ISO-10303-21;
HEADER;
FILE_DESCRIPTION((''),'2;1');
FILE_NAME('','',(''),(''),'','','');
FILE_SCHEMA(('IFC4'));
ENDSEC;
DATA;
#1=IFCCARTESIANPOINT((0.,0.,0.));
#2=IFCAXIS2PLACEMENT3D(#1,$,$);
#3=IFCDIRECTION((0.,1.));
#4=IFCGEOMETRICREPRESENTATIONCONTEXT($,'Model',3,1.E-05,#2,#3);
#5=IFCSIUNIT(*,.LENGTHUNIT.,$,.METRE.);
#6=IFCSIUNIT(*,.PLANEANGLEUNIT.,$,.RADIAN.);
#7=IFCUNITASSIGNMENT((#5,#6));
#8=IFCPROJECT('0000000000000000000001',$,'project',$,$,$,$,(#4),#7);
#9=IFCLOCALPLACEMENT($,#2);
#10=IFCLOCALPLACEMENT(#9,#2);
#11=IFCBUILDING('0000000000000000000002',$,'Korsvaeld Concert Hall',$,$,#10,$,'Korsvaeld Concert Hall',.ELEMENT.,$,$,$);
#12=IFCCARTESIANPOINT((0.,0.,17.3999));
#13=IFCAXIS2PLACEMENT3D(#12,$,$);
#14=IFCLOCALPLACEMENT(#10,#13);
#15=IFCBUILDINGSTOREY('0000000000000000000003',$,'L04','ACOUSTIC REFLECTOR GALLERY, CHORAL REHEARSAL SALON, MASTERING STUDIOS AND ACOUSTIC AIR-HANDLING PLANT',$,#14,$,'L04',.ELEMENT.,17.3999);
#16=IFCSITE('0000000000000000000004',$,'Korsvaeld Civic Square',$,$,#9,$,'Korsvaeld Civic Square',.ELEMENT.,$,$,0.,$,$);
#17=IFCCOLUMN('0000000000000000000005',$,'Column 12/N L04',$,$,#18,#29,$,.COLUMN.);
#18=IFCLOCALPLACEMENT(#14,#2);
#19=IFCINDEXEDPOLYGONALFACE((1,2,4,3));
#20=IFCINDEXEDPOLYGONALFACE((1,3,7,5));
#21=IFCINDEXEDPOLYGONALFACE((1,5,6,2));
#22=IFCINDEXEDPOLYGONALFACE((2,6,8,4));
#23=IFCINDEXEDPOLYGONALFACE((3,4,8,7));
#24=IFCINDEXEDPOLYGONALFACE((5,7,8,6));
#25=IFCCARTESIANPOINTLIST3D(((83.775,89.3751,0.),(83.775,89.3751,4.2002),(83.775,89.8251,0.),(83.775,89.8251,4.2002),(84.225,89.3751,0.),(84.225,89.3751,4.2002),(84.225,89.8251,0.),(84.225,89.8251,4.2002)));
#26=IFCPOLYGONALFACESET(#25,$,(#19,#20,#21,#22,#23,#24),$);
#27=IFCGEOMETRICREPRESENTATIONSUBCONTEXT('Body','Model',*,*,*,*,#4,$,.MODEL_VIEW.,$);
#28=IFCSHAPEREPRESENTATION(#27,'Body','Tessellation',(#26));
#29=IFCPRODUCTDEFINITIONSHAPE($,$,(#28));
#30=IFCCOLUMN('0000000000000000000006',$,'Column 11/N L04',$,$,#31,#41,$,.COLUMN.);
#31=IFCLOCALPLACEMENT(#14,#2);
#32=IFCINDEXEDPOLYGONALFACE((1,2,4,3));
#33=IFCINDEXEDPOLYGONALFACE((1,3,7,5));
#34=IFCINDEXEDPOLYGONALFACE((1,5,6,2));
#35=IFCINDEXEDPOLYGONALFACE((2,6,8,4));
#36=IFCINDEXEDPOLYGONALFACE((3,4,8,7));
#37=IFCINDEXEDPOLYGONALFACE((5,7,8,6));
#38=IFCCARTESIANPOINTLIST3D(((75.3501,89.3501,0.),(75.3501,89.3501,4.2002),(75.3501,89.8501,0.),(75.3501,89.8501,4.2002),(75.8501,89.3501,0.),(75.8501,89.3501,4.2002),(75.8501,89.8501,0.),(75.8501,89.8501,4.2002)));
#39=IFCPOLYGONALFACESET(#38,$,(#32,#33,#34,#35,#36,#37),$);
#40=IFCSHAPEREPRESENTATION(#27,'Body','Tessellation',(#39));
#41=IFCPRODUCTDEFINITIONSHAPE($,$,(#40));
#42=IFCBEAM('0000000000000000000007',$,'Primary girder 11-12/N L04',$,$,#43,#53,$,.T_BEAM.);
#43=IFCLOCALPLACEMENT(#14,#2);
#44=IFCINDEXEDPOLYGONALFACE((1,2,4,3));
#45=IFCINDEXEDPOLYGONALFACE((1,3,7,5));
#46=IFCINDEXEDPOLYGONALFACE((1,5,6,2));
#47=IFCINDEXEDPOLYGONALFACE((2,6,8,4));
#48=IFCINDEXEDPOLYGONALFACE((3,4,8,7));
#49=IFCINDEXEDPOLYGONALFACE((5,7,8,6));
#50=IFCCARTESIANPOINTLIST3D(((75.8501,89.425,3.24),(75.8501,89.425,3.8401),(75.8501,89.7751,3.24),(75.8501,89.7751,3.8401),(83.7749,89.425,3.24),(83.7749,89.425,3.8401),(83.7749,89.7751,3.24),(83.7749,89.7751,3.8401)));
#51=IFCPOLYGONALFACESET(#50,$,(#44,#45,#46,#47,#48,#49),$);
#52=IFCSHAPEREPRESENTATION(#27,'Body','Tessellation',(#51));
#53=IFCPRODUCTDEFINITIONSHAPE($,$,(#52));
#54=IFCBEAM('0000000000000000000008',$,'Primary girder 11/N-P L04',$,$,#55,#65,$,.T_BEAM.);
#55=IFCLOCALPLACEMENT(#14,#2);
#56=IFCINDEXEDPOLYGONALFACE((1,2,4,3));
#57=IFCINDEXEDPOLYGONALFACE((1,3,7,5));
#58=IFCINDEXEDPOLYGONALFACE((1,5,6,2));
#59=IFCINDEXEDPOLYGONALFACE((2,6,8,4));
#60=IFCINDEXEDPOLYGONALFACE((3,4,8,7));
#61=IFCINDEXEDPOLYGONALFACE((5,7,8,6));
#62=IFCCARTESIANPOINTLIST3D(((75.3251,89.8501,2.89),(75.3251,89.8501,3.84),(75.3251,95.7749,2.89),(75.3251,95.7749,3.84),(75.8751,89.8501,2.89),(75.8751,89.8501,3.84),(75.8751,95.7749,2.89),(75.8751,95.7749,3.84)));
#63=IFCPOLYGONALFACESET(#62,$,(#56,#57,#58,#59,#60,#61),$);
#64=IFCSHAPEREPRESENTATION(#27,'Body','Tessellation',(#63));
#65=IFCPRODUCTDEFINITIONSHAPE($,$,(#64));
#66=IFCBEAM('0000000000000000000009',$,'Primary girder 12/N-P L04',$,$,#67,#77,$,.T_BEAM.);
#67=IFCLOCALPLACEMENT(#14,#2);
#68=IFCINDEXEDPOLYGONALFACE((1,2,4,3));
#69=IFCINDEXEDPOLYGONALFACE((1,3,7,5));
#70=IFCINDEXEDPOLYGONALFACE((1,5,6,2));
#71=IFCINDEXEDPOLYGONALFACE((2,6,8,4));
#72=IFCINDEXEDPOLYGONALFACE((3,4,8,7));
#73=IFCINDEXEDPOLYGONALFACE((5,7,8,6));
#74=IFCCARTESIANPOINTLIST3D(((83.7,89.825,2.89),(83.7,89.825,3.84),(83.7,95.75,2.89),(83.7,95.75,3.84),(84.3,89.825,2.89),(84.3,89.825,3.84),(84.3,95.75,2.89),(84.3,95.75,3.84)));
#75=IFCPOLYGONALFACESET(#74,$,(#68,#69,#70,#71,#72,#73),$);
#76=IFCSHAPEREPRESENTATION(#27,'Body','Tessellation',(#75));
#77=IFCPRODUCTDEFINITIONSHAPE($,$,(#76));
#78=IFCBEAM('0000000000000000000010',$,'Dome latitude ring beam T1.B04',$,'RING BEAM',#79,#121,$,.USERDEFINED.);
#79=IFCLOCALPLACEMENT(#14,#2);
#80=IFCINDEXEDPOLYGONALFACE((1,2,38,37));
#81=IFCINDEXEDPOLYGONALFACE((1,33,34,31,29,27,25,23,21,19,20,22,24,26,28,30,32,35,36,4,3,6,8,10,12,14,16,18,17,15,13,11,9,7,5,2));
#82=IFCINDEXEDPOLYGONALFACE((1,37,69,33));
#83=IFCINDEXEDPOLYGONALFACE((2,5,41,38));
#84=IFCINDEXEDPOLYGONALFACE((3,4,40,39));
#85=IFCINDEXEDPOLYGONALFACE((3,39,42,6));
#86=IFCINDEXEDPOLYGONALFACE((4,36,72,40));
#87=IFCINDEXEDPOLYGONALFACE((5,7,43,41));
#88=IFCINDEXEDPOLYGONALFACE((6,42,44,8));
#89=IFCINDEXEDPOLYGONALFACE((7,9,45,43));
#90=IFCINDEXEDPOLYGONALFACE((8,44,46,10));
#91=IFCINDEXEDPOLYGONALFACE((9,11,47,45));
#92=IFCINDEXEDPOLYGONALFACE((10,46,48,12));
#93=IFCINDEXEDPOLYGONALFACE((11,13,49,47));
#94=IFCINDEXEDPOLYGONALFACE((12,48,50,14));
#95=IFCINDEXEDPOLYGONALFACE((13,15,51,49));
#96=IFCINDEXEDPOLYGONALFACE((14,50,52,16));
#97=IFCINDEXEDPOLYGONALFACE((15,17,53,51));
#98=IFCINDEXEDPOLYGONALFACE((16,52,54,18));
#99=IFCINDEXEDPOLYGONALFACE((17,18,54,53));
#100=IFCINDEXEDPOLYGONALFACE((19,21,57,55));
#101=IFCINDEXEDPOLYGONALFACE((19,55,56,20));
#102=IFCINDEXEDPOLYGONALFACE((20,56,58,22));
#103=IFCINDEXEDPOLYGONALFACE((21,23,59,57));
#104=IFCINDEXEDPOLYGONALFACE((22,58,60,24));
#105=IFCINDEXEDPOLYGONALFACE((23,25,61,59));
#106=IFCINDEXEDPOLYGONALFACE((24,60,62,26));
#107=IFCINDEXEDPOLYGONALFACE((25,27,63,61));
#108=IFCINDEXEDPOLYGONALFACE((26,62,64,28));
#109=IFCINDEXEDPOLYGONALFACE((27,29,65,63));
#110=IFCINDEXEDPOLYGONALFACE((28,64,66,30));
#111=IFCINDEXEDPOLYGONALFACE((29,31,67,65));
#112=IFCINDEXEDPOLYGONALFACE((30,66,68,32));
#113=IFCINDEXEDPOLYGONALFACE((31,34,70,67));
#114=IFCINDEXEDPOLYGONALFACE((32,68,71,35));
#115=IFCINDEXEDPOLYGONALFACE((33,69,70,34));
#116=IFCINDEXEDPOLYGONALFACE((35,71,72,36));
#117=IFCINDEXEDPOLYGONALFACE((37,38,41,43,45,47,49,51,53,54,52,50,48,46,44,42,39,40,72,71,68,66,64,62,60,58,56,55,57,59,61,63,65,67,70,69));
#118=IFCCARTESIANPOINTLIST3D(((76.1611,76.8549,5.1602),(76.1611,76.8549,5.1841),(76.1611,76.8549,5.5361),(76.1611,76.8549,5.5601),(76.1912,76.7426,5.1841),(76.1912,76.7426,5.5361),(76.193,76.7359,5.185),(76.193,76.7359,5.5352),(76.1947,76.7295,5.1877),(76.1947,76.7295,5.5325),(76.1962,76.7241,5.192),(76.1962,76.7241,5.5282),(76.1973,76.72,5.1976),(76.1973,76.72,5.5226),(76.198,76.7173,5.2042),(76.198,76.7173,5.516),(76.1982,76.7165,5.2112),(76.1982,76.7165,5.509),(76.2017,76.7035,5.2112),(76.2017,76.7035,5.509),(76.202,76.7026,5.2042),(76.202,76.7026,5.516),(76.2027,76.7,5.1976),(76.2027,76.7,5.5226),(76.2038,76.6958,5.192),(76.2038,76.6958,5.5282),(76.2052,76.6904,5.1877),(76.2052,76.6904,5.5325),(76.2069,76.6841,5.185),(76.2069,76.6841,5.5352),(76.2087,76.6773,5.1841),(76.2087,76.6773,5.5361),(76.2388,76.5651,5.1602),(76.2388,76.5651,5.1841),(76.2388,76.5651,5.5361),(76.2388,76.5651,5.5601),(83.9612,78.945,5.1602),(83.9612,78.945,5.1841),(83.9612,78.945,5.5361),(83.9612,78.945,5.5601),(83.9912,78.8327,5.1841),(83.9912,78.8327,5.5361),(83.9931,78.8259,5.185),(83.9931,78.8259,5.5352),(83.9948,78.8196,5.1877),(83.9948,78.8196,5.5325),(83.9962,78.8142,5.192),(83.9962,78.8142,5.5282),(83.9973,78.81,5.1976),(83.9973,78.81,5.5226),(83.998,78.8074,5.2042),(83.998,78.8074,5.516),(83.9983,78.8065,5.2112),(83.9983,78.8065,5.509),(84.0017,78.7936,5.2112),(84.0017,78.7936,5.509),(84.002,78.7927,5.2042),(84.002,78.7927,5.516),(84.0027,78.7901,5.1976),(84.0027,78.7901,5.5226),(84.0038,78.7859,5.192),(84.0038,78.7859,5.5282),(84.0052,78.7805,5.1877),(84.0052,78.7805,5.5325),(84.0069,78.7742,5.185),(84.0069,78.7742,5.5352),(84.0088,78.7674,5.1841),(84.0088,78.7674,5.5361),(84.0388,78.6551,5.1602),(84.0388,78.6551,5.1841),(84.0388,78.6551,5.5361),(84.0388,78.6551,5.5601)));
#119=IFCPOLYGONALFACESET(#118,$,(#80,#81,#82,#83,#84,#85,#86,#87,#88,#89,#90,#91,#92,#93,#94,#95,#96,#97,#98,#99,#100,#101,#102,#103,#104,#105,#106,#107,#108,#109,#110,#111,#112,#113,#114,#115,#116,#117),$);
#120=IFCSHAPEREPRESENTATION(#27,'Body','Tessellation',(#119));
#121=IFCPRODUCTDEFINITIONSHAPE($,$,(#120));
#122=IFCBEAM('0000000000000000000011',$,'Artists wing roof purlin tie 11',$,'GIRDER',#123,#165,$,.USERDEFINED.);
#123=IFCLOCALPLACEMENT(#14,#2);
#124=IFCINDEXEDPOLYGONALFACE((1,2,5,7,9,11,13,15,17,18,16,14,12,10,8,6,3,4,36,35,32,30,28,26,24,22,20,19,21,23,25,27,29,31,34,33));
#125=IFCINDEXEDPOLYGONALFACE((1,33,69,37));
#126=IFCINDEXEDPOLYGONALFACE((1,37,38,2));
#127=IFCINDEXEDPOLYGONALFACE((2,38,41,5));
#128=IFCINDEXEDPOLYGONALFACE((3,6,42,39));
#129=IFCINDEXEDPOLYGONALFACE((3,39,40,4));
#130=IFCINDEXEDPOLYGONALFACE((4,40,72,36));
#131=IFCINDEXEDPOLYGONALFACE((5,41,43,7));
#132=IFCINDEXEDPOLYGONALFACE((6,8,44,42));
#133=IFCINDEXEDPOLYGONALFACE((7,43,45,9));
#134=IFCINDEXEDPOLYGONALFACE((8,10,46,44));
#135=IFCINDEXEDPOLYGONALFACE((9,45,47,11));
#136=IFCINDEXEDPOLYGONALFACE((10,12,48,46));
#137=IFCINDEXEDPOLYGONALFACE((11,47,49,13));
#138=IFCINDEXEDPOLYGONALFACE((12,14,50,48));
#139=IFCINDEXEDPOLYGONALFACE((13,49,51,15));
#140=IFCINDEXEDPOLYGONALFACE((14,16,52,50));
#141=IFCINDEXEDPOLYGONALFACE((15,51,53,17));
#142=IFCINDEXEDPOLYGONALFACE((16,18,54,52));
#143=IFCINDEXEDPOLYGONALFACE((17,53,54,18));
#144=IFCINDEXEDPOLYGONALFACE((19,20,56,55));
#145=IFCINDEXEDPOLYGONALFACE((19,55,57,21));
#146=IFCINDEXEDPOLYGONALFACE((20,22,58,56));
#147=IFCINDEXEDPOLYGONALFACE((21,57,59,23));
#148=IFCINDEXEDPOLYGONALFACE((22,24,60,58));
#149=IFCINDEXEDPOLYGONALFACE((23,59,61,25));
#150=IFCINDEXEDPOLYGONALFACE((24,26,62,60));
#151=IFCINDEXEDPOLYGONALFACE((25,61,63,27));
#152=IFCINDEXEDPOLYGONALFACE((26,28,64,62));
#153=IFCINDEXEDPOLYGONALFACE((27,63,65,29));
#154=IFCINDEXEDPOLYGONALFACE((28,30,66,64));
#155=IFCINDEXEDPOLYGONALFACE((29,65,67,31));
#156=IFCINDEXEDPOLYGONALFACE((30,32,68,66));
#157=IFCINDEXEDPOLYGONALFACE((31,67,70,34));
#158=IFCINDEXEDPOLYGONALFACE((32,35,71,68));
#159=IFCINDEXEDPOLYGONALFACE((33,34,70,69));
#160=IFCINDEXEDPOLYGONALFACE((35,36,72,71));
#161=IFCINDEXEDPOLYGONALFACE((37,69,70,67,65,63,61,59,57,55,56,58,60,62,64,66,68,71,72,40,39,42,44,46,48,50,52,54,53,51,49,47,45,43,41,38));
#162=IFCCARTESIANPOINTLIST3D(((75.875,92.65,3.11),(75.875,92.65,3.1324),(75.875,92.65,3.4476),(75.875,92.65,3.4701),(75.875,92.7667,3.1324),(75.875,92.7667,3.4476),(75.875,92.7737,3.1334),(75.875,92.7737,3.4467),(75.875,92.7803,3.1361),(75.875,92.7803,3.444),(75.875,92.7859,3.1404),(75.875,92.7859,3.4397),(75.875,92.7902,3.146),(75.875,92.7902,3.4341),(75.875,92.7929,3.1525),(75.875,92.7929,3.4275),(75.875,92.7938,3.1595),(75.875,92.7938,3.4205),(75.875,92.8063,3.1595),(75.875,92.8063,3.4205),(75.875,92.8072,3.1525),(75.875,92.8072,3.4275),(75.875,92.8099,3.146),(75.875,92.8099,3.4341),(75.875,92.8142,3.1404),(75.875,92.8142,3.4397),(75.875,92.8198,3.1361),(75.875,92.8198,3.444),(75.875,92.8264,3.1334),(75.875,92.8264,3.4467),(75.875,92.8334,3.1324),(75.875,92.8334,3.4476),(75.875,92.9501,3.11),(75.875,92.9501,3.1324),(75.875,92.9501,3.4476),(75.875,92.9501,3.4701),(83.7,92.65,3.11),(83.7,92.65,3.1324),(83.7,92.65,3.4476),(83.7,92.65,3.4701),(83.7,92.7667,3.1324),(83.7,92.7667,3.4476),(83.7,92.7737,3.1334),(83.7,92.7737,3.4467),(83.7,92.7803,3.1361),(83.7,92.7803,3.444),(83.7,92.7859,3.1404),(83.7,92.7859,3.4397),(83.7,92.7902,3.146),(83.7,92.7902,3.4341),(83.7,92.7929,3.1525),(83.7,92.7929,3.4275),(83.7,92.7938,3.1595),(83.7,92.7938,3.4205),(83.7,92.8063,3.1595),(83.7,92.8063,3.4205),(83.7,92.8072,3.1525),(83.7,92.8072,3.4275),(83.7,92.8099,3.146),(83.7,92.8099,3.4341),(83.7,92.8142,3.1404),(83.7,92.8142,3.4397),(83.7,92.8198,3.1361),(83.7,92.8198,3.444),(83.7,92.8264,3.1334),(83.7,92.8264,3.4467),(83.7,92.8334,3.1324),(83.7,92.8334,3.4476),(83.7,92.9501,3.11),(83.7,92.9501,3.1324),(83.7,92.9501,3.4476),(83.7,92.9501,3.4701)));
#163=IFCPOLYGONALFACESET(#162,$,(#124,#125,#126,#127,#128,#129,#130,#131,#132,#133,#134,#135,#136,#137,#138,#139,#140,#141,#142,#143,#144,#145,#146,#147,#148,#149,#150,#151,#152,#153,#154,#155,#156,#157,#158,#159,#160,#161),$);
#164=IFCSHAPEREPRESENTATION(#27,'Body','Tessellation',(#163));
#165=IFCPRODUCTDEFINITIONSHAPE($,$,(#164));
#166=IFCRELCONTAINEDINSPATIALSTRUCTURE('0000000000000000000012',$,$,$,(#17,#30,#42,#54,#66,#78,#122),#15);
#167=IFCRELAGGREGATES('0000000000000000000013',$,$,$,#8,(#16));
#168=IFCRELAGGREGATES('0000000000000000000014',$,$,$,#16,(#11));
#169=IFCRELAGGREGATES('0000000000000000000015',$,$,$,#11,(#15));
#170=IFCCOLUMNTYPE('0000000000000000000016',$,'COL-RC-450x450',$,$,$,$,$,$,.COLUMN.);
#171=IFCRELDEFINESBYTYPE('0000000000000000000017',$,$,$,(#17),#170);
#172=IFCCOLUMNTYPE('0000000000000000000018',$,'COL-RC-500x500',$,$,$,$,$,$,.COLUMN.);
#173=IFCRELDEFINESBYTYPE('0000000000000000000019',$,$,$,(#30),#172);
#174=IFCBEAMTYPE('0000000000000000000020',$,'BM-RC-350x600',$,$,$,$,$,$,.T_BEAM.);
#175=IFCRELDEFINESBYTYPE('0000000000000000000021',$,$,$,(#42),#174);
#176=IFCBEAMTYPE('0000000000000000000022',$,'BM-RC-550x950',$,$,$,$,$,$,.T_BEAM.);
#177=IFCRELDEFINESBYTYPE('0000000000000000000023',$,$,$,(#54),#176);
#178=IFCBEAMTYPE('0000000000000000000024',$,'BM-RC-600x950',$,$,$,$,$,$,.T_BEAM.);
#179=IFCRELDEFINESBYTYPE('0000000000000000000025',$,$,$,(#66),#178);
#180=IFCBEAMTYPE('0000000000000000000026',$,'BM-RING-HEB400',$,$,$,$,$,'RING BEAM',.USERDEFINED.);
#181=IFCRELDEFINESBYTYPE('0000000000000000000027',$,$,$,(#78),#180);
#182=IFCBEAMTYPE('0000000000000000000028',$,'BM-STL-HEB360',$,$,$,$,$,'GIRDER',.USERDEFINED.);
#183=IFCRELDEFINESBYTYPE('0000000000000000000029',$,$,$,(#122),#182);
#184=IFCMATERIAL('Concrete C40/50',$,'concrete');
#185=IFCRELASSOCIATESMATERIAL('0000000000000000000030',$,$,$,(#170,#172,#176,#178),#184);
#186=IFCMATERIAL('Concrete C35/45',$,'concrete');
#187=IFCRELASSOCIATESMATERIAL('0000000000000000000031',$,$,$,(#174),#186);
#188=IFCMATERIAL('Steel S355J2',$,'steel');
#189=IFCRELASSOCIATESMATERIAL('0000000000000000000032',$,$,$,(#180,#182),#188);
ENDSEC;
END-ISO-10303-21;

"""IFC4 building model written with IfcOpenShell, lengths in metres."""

from ifc_helpers import new_model, si_unit, direction, frame, origin, origin_2d, place, context, subcontext, project, spatial, rectangle, i_section, extrude, material, material_profile, profile_set, type_object, element, save


model = new_model("IFC4")

# Units and contexts
model_context = context("Model", 3, precision=1e-05, world=origin(), true_north=direction((0.0, 1.0)))
body_context = subcontext(model_context, "Body", "Model", "MODEL_VIEW")
ifc_project = project(units=[si_unit("LENGTHUNIT", "METRE"), si_unit("PLANEANGLEUNIT", "RADIAN")], contexts=[model_context])

# Site, building, storey
site_placement = place(None, origin())
site = spatial("IfcSite", under=ifc_project, at=site_placement, Name="Korsvaeld Civic Square", LongName="Korsvaeld Civic Square", CompositionType="ELEMENT", RefElevation=0.0)
building_placement = place(site_placement, origin())
building = spatial("IfcBuilding", under=site, at=building_placement, Name="Korsvaeld Concert Hall", LongName="Korsvaeld Concert Hall", CompositionType="ELEMENT")
storey_placement = place(building_placement, frame((0.0, 0.0, 17.3999)))
storey = spatial("IfcBuildingStorey", under=building, at=storey_placement, Name="L04", Description="ACOUSTIC REFLECTOR GALLERY, CHORAL REHEARSAL SALON, MASTERING STUDIOS AND ACOUSTIC AIR-HANDLING PLANT", LongName="L04", CompositionType="ELEMENT", Elevation=17.3999)

# Columns
ifc_material_1 = material(Name="Concrete C40/50", Category="concrete")
ifc_material_profile_1 = material_profile(ifc_material_1, rectangle(XDim=0.45, YDim=0.45, at=origin_2d()), Name="RC 450x450")
ifc_profile_set_1 = profile_set([ifc_material_profile_1], Name="Concrete C40/50")
column_type_1 = type_object("IfcColumnType", Name="COL-RC-450x450", PredefinedType="COLUMN", material=ifc_profile_set_1)
column_1_placement = place(storey_placement, frame((84.0, 89.6001, 0.0), z_axis=(0.0, 0.0, 1.0), x_axis=(1.0, 0.0, 0.0)))
element("IfcColumn", 1, at=column_1_placement, inside=storey, type_object=column_type_1, Name="Column 12/N L04", PredefinedType="COLUMN", context=body_context, shape_type="SweptSolid", body=[
    extrude(rectangle(XDim=0.45, YDim=0.45, at=origin_2d()), origin(), (0.0, 0.0, 1.0), 4.2002),
])
ifc_material_profile_2 = material_profile(ifc_material_1, rectangle(XDim=0.5, YDim=0.5, at=origin_2d()), Name="RC 500x500")
ifc_profile_set_2 = profile_set([ifc_material_profile_2], Name="Concrete C40/50")
column_type_2 = type_object("IfcColumnType", Name="COL-RC-500x500", PredefinedType="COLUMN", material=ifc_profile_set_2)
column_2_placement = place(storey_placement, frame((75.6001, 89.6001, 0.0), z_axis=(0.0, 0.0, 1.0), x_axis=(1.0, 0.0, 0.0)))
element("IfcColumn", 2, at=column_2_placement, inside=storey, type_object=column_type_2, Name="Column 11/N L04", PredefinedType="COLUMN", context=body_context, shape_type="SweptSolid", body=[
    extrude(rectangle(XDim=0.5, YDim=0.5, at=origin_2d()), origin(), (0.0, 0.0, 1.0), 4.2002),
])

# Beams
ifc_material_2 = material(Name="Concrete C35/45", Category="concrete")
ifc_material_profile_3 = material_profile(ifc_material_2, rectangle(XDim=0.3501, YDim=0.6001, at=origin_2d()), Name="RC 350x600")
ifc_profile_set_3 = profile_set([ifc_material_profile_3], Name="Concrete C35/45")
beam_type_1 = type_object("IfcBeamType", Name="BM-RC-350x600", PredefinedType="T_BEAM", material=ifc_profile_set_3)
beam_1_placement = place(storey_placement, frame((75.8501, 89.6001, 3.54), z_axis=(1.0, 0.0, 0.0), x_axis=(0.0, 1.0, 0.0)))
element("IfcBeam", 3, at=beam_1_placement, inside=storey, type_object=beam_type_1, Name="Primary girder 11-12/N L04", PredefinedType="T_BEAM", context=body_context, shape_type="SweptSolid", body=[
    extrude(rectangle(XDim=0.3501, YDim=0.6001, at=origin_2d()), origin(), (0.0, 0.0, 1.0), 7.9248),
])
ifc_material_profile_4 = material_profile(ifc_material_1, rectangle(XDim=0.55, YDim=0.95, at=origin_2d()), Name="RC 550x950")
ifc_profile_set_4 = profile_set([ifc_material_profile_4], Name="Concrete C40/50")
beam_type_2 = type_object("IfcBeamType", Name="BM-RC-550x950", PredefinedType="T_BEAM", material=ifc_profile_set_4)
beam_2_placement = place(storey_placement, frame((75.6001, 89.8501, 3.365), z_axis=(0.0, 1.0, 0.0), x_axis=(-1.0, 0.0, 0.0)))
element("IfcBeam", 4, at=beam_2_placement, inside=storey, type_object=beam_type_2, Name="Primary girder 11/N-P L04", PredefinedType="T_BEAM", context=body_context, shape_type="SweptSolid", body=[
    extrude(rectangle(XDim=0.55, YDim=0.95, at=origin_2d()), origin(), (0.0, 0.0, 1.0), 5.9248),
])
ifc_material_profile_5 = material_profile(ifc_material_1, rectangle(XDim=0.6001, YDim=0.95, at=origin_2d()), Name="RC 600x950")
ifc_profile_set_5 = profile_set([ifc_material_profile_5], Name="Concrete C40/50")
beam_type_3 = type_object("IfcBeamType", Name="BM-RC-600x950", PredefinedType="T_BEAM", material=ifc_profile_set_5)
beam_3_placement = place(storey_placement, frame((84.0, 89.825, 3.365), z_axis=(0.0, 1.0, 0.0), x_axis=(-1.0, 0.0, 0.0)))
element("IfcBeam", 5, at=beam_3_placement, inside=storey, type_object=beam_type_3, Name="Primary girder 12/N-P L04", PredefinedType="T_BEAM", context=body_context, shape_type="SweptSolid", body=[
    extrude(rectangle(XDim=0.6001, YDim=0.95, at=origin_2d()), origin(), (0.0, 0.0, 1.0), 5.925),
])
ifc_material_3 = material(Name="Steel S355J2", Category="steel")
ifc_material_profile_6 = material_profile(ifc_material_3, i_section(OverallWidth=0.3, OverallDepth=0.3999, WebThickness=0.0134, FlangeThickness=0.0239, FilletRadius=0.0271, at=origin_2d()), Name="HEB 400")
ifc_profile_set_6 = profile_set([ifc_material_profile_6], Name="Steel S355J2")
beam_type_4 = type_object("IfcBeamType", Name="BM-RING-HEB400", ElementType="RING BEAM", PredefinedType="USERDEFINED", material=ifc_profile_set_6)
beam_4_placement = place(storey_placement, frame((84.0, 78.8, 5.3601), z_axis=(-0.965924, -0.258827, 0.0), x_axis=(0.258827, -0.965924, 0.0)))
element("IfcBeam", 6, at=beam_4_placement, inside=storey, type_object=beam_type_4, Name="Dome latitude ring beam T1.B04", ObjectType="RING BEAM", PredefinedType="USERDEFINED", context=body_context, shape_type="SweptSolid", body=[
    extrude(i_section(OverallWidth=0.3, OverallDepth=0.3999, WebThickness=0.0134, FlangeThickness=0.0239, FilletRadius=0.0271, at=origin_2d()), origin(), (0.0, 0.0, 1.0), 8.0752),
])
ifc_material_profile_7 = material_profile(ifc_material_3, i_section(OverallWidth=0.3, OverallDepth=0.3601, WebThickness=0.0125, FlangeThickness=0.0225, FilletRadius=0.0271, at=origin_2d()), Name="HEB 360")
ifc_profile_set_7 = profile_set([ifc_material_profile_7], Name="Steel S355J2")
beam_type_5 = type_object("IfcBeamType", Name="BM-STL-HEB360", ElementType="GIRDER", PredefinedType="USERDEFINED", material=ifc_profile_set_7)
beam_5_placement = place(storey_placement, frame((75.875, 92.8, 3.29), z_axis=(1.0, 0.0, 0.0), x_axis=(0.0, 1.0, 0.0)))
element("IfcBeam", 7, at=beam_5_placement, inside=storey, type_object=beam_type_5, Name="Artists wing roof purlin tie 11", ObjectType="GIRDER", PredefinedType="USERDEFINED", context=body_context, shape_type="SweptSolid", body=[
    extrude(i_section(OverallWidth=0.3, OverallDepth=0.3601, WebThickness=0.0125, FlangeThickness=0.0225, FilletRadius=0.0271, at=origin_2d()), origin(), (0.0, 0.0, 1.0), 7.825),
])

save(model, "model.ifc")
